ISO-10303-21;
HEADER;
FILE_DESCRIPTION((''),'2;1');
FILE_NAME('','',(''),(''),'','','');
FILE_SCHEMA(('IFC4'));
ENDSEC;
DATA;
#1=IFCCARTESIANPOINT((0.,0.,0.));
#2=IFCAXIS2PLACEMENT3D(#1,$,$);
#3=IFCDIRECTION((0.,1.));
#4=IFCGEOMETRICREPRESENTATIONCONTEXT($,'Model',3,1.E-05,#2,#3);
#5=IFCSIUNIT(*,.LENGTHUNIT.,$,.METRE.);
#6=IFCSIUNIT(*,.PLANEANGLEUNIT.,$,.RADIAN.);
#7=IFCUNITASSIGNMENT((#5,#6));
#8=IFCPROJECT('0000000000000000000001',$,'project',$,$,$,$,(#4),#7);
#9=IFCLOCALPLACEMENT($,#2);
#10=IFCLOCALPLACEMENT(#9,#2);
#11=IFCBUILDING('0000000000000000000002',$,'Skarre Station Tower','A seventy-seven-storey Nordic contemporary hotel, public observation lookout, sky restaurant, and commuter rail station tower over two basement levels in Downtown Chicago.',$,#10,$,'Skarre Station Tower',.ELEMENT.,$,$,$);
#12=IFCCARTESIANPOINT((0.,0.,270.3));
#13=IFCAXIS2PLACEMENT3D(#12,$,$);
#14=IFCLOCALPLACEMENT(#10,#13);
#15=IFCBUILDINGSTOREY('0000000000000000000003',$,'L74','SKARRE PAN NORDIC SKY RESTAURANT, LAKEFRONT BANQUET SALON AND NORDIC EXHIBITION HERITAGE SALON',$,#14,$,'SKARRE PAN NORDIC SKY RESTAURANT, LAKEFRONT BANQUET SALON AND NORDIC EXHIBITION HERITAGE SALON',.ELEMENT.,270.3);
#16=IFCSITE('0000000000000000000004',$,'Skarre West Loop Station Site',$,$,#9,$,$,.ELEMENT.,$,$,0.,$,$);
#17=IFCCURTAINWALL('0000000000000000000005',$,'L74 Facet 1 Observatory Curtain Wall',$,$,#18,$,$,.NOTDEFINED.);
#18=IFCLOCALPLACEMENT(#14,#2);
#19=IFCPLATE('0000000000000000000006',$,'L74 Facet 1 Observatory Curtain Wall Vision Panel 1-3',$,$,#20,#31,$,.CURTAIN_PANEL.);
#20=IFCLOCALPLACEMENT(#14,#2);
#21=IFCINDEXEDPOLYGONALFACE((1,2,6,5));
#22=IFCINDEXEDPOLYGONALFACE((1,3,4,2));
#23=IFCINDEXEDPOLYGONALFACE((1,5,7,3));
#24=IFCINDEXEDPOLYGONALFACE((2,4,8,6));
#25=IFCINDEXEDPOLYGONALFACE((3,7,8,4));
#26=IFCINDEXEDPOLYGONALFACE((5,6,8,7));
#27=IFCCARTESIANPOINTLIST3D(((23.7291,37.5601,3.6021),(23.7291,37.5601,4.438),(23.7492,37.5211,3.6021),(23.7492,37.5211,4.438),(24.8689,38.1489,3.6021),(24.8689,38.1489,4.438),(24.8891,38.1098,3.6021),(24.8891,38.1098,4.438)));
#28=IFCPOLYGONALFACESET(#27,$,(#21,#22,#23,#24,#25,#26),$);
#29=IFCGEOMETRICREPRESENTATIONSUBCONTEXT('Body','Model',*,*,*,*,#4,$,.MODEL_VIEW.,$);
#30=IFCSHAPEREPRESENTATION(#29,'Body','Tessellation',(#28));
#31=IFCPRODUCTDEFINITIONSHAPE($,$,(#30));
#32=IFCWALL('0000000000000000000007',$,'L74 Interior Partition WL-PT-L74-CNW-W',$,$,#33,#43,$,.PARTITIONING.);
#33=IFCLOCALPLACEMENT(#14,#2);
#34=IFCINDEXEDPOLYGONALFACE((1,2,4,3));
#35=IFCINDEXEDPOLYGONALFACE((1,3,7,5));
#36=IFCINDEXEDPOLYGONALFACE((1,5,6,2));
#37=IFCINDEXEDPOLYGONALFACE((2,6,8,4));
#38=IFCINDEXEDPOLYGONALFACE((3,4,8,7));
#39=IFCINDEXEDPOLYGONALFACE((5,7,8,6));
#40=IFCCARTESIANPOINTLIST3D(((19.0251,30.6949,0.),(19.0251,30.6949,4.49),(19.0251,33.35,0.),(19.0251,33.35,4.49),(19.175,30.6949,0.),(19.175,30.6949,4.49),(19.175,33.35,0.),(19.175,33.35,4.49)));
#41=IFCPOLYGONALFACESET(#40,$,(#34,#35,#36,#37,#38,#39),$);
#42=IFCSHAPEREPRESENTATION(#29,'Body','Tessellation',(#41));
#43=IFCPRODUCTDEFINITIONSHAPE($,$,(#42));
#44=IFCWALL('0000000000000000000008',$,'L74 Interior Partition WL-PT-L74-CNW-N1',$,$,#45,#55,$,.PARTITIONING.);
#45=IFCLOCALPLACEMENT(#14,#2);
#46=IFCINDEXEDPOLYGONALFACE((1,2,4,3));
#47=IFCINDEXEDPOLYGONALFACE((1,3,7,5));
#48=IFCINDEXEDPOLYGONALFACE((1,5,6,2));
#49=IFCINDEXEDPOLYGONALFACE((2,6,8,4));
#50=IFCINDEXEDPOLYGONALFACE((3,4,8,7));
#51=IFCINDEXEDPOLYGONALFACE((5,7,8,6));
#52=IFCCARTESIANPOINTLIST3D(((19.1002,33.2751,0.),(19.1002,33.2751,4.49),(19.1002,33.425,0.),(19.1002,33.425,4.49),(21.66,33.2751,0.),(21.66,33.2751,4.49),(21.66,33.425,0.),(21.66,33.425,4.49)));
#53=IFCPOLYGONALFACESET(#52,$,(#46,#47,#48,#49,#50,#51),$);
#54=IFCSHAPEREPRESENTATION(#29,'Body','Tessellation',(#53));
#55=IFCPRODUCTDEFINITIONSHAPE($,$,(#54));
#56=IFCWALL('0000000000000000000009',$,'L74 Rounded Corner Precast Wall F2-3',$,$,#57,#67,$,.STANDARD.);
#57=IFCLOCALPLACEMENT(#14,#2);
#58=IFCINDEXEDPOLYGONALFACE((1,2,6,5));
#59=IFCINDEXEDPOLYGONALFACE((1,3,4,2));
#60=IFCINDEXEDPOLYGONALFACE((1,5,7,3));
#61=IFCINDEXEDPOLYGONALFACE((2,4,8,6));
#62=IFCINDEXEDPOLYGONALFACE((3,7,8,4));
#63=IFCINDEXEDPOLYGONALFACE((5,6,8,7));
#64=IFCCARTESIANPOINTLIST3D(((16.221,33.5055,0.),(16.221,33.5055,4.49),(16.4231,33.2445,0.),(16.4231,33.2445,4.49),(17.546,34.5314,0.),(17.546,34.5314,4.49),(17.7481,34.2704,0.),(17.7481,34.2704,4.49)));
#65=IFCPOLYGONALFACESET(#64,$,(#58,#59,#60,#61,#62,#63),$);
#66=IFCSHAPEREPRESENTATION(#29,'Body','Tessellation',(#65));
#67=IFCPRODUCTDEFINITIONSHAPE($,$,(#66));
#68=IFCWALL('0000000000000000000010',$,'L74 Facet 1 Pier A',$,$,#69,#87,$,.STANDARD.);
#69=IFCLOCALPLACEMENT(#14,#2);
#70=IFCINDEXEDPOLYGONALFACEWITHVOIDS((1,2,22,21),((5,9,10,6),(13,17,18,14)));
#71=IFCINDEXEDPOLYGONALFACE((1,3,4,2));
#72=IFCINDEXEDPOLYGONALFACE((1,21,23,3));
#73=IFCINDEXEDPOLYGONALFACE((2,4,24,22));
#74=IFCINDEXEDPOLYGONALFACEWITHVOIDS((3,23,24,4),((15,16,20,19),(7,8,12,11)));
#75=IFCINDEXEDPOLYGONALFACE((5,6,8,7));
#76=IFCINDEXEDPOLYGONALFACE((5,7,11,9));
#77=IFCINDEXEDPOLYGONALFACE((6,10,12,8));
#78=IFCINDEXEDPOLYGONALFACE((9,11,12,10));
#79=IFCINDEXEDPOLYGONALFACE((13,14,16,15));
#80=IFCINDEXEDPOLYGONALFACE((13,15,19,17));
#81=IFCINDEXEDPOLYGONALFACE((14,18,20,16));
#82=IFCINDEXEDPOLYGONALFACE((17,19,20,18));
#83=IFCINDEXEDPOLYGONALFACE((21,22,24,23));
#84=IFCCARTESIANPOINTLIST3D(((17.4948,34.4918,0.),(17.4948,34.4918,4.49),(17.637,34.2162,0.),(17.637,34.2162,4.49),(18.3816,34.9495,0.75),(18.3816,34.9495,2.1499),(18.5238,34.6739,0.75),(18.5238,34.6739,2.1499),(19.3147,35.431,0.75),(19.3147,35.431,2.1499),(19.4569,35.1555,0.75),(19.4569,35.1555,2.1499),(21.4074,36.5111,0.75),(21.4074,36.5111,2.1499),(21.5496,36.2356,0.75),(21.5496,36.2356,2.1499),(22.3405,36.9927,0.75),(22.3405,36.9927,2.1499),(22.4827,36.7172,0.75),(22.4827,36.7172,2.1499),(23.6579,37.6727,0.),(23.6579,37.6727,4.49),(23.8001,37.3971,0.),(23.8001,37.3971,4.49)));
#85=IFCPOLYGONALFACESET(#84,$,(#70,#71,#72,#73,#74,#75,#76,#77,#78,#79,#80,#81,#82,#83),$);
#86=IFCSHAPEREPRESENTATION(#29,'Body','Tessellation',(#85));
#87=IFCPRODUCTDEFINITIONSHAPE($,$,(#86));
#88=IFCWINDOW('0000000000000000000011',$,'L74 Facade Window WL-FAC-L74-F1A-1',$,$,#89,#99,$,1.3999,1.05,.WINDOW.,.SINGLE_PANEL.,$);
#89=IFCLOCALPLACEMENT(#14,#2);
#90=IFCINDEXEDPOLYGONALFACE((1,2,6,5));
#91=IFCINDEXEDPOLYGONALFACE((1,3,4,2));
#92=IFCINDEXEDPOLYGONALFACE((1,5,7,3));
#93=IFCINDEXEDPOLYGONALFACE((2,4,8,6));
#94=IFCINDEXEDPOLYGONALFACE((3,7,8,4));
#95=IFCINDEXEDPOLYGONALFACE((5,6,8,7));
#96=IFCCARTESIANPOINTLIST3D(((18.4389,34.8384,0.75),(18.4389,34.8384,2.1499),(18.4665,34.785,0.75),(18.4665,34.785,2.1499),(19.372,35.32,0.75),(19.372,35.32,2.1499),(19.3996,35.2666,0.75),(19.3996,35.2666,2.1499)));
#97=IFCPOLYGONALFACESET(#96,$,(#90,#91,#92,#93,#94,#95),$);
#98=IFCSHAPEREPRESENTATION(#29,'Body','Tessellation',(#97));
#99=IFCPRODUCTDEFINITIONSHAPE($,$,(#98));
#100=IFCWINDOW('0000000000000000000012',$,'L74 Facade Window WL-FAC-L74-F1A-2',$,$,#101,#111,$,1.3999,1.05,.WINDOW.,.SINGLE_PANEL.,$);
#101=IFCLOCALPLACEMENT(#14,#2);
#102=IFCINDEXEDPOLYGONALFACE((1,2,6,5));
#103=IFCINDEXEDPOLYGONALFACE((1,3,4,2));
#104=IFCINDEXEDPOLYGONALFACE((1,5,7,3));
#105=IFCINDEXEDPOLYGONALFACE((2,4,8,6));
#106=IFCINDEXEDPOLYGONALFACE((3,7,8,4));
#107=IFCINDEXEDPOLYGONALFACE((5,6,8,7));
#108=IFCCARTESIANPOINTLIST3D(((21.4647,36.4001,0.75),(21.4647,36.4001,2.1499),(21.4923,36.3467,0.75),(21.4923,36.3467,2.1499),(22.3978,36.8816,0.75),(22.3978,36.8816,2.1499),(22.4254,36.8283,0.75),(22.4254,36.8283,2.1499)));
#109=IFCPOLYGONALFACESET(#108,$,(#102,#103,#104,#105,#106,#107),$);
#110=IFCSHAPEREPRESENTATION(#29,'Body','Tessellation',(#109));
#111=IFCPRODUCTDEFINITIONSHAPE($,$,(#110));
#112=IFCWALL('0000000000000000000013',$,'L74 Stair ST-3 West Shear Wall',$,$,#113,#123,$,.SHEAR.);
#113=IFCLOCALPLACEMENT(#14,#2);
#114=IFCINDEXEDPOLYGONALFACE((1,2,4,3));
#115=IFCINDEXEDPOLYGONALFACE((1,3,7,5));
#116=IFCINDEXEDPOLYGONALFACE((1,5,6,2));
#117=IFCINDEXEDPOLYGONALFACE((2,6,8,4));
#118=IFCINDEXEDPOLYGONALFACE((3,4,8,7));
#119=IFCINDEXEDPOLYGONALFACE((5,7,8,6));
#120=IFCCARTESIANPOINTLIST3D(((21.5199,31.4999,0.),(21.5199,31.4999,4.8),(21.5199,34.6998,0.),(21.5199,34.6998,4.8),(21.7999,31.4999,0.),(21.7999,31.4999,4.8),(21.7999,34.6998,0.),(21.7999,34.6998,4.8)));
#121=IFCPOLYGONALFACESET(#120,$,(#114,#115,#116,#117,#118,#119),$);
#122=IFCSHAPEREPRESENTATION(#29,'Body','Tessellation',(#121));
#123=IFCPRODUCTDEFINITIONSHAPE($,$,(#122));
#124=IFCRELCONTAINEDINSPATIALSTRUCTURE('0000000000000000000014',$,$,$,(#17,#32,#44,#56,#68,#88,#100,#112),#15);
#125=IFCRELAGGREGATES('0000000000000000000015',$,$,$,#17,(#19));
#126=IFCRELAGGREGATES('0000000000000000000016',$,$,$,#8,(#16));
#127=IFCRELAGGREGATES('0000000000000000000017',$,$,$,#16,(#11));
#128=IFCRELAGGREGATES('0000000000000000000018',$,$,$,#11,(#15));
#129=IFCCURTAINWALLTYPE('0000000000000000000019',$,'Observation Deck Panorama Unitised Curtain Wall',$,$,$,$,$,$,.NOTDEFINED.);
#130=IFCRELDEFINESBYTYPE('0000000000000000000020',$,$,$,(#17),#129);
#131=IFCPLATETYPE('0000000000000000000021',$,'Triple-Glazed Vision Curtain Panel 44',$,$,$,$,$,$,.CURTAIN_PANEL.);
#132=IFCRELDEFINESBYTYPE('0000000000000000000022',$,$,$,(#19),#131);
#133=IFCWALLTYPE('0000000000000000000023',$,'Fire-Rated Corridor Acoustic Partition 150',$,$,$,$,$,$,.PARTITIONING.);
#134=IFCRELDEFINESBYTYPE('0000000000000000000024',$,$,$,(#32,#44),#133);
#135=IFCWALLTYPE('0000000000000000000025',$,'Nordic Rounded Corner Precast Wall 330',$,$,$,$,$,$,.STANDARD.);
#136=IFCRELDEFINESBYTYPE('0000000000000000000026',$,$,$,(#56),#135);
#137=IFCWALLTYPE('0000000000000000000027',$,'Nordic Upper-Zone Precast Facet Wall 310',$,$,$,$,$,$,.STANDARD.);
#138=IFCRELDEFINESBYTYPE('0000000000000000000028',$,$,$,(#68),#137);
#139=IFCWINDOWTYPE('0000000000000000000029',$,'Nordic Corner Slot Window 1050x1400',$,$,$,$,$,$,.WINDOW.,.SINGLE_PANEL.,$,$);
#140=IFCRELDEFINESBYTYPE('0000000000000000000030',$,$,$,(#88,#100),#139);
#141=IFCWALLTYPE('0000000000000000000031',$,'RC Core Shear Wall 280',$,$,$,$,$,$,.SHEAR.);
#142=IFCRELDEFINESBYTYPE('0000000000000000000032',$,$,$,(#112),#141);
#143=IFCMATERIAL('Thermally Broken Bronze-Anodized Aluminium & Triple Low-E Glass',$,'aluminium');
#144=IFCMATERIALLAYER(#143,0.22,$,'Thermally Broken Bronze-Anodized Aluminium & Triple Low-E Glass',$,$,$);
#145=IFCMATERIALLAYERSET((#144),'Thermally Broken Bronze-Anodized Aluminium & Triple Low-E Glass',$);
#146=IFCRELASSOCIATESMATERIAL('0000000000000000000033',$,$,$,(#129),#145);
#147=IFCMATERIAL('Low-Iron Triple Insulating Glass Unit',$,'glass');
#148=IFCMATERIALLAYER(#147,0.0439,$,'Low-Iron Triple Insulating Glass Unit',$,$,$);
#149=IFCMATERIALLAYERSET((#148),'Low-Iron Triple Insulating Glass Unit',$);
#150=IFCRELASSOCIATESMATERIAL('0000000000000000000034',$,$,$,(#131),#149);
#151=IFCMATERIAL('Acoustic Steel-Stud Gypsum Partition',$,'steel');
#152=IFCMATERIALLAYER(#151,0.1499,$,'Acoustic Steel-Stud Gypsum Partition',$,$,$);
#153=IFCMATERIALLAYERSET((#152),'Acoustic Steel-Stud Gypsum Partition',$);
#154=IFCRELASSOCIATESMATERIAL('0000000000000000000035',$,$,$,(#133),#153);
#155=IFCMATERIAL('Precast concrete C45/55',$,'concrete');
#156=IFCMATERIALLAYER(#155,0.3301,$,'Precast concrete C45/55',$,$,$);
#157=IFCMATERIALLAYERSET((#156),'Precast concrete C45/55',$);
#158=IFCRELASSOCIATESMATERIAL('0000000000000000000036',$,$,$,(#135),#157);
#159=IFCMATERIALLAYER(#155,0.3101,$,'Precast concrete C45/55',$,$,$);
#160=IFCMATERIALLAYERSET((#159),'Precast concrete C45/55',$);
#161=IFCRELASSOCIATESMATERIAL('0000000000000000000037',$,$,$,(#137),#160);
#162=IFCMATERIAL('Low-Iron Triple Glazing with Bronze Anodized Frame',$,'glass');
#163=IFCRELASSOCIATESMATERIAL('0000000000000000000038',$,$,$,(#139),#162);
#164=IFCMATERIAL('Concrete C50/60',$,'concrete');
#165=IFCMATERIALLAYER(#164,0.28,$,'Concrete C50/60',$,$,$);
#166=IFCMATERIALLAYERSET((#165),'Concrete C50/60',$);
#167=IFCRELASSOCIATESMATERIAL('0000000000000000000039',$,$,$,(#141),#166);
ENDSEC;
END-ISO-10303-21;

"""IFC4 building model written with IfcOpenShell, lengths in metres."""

from ifc_helpers import new_model, si_unit, direction, frame, frame_2d, origin, origin_2d, place, context, subcontext, project, spatial, rectangle, extrude, material, layer, layer_set, type_object, element, fill, aggregate, save


model = new_model("IFC4")

# Units and contexts
model_context = context("Model", 3, precision=1e-05, world=origin(), true_north=direction((0.0, 1.0)))
body_context = subcontext(model_context, "Body", "Model", "MODEL_VIEW")
ifc_project = project(units=[si_unit("LENGTHUNIT", "METRE"), si_unit("PLANEANGLEUNIT", "RADIAN")], contexts=[model_context])

# Site, building, storey
site_placement = place(None, origin())
site = spatial("IfcSite", under=ifc_project, at=site_placement, Name="Skarre West Loop Station Site", CompositionType="ELEMENT", RefElevation=0.0)
building_placement = place(site_placement, origin())
building = spatial("IfcBuilding", under=site, at=building_placement, Name="Skarre Station Tower", Description="A seventy-seven-storey Nordic contemporary hotel, public observation lookout, sky restaurant, and commuter rail station tower over two basement levels in Downtown Chicago.", LongName="Skarre Station Tower", CompositionType="ELEMENT")
storey_placement = place(building_placement, frame((0.0, 0.0, 270.3)))
storey = spatial("IfcBuildingStorey", under=building, at=storey_placement, Name="L74", Description="SKARRE PAN NORDIC SKY RESTAURANT, LAKEFRONT BANQUET SALON AND NORDIC EXHIBITION HERITAGE SALON", LongName="SKARRE PAN NORDIC SKY RESTAURANT, LAKEFRONT BANQUET SALON AND NORDIC EXHIBITION HERITAGE SALON", CompositionType="ELEMENT", Elevation=270.3)

# Shared definitions
ifc_material_1 = material(Name="Concrete C50/60", Category="concrete")

# Curtain wall
ifc_material_2 = material(Name="Thermally Broken Bronze-Anodized Aluminium & Triple Low-E Glass", Category="aluminium")
ifc_layer_1 = layer(ifc_material_2, 0.22, Name="Thermally Broken Bronze-Anodized Aluminium & Triple Low-E Glass")
ifc_layer_set_1 = layer_set([ifc_layer_1], Name="Thermally Broken Bronze-Anodized Aluminium & Triple Low-E Glass")
curtain_wall_type = type_object("IfcCurtainWallType", Name="Observation Deck Panorama Unitised Curtain Wall", PredefinedType="NOTDEFINED", material=ifc_layer_set_1)
curtain_wall_placement = place(storey_placement, origin())
curtain_wall = element("IfcCurtainWall", 1, at=curtain_wall_placement, inside=storey, type_object=curtain_wall_type, Name="L74 Facet 1 Observatory Curtain Wall", PredefinedType="NOTDEFINED")

# Plate
ifc_material_3 = material(Name="Low-Iron Triple Insulating Glass Unit", Category="glass")
ifc_layer_2 = layer(ifc_material_3, 0.0439, Name="Low-Iron Triple Insulating Glass Unit")
ifc_layer_set_2 = layer_set([ifc_layer_2], Name="Low-Iron Triple Insulating Glass Unit")
plate_type_1 = type_object("IfcPlateType", Name="Triple-Glazed Vision Curtain Panel 44", PredefinedType="CURTAIN_PANEL", material=ifc_layer_set_2)
plate_1_placement = place(storey_placement, frame((24.3091, 37.835, 3.6021), z_axis=(0.0, 0.0, 1.0), x_axis=(0.888481, 0.458913, 0.0)))
plate_1 = element("IfcPlate", 2, at=plate_1_placement, type_object=plate_type_1, Name="L74 Facet 1 Observatory Curtain Wall Vision Panel 1-3", PredefinedType="CURTAIN_PANEL", context=body_context, shape_type="SweptSolid", body=[
    extrude(rectangle(XDim=1.283, YDim=0.0439, at=origin_2d()), origin(), (0.0, 0.0, 1.0), 0.8359),
])
aggregate(curtain_wall, [plate_1])

# Walls
ifc_material_4 = material(Name="Acoustic Steel-Stud Gypsum Partition", Category="steel")
ifc_layer_3 = layer(ifc_material_4, 0.1499, Name="Acoustic Steel-Stud Gypsum Partition")
ifc_layer_set_3 = layer_set([ifc_layer_3], Name="Acoustic Steel-Stud Gypsum Partition")
wall_type_1 = type_object("IfcWallType", Name="Fire-Rated Corridor Acoustic Partition 150", PredefinedType="PARTITIONING", material=ifc_layer_set_3)
wall_1_placement = place(storey_placement, frame((19.1001, 33.3501, 0.0), z_axis=(0.0, 0.0, 1.0), x_axis=(0.0, -1.0, 0.0)))
element("IfcWall", 3, at=wall_1_placement, inside=storey, type_object=wall_type_1, Name="L74 Interior Partition WL-PT-L74-CNW-W", PredefinedType="PARTITIONING", context=body_context, shape_type="SweptSolid", body=[
    extrude(rectangle(XDim=2.655, YDim=0.1499, at=frame_2d((1.3276, 0.0))), origin(), (0.0, 0.0, 1.0), 4.49),
])
wall_2_placement = place(storey_placement, frame((21.6599, 33.3501, 0.0), z_axis=(0.0, 0.0, 1.0), x_axis=(-1.0, 0.0, 0.0)))
element("IfcWall", 4, at=wall_2_placement, inside=storey, type_object=wall_type_1, Name="L74 Interior Partition WL-PT-L74-CNW-N1", PredefinedType="PARTITIONING", context=body_context, shape_type="SweptSolid", body=[
    extrude(rectangle(XDim=2.5598, YDim=0.1499, at=frame_2d((1.2798, 0.0))), origin(), (0.0, 0.0, 1.0), 4.49),
])
ifc_material_5 = material(Name="Precast concrete C45/55", Category="concrete")
ifc_layer_4 = layer(ifc_material_5, 0.3301, Name="Precast concrete C45/55")
ifc_layer_set_4 = layer_set([ifc_layer_4], Name="Precast concrete C45/55")
wall_type_2 = type_object("IfcWallType", Name="Nordic Rounded Corner Precast Wall 330", PredefinedType="STANDARD", material=ifc_layer_set_4)
wall_3_placement = place(storey_placement, frame((16.322, 33.375, 0.0), z_axis=(0.0, 0.0, 1.0), x_axis=(0.790692, 0.612214, 0.0)))
element("IfcWall", 5, at=wall_3_placement, inside=storey, type_object=wall_type_2, Name="L74 Rounded Corner Precast Wall F2-3", PredefinedType="STANDARD", context=body_context, shape_type="SweptSolid", body=[
    extrude(rectangle(XDim=1.6758, YDim=0.3301, at=frame_2d((0.8379, 0.0))), origin(), (0.0, 0.0, 1.0), 4.49),
])

# Wall, openings, windows
ifc_layer_5 = layer(ifc_material_5, 0.3101, Name="Precast concrete C45/55")
ifc_layer_set_5 = layer_set([ifc_layer_5], Name="Precast concrete C45/55")
wall_type_3 = type_object("IfcWallType", Name="Nordic Upper-Zone Precast Facet Wall 310", PredefinedType="STANDARD", material=ifc_layer_set_5)
wall_4_placement = place(storey_placement, frame((17.5659, 34.354, 0.0), z_axis=(0.0, 0.0, 1.0), x_axis=(0.888623, 0.458638, 0.0)))
wall_4 = element("IfcWall", 6, at=wall_4_placement, inside=storey, type_object=wall_type_3, Name="L74 Facet 1 Pier A", PredefinedType="STANDARD", context=body_context, shape_type="SweptSolid", body=[
    extrude(rectangle(XDim=6.9355, YDim=0.3101, at=frame_2d((3.4678, 0.0))), origin(), (0.0, 0.0, 1.0), 4.49),
])
opening_1_placement = place(wall_4_placement, frame((0.998, 0.0, 0.75)))
opening_1 = element("IfcOpeningElement", 7, at=opening_1_placement, cuts=wall_4, PredefinedType="OPENING", context=body_context, shape_type="SweptSolid", body=[
    extrude(rectangle(XDim=1.05, YDim=1.3999, at=frame_2d((0.5249, 0.7))), frame((0.0, 0.165, 0.0), z_axis=(0.0, -1.0, 0.0), x_axis=(1.0, 0.0, 0.0)), (0.0, 0.0, 1.0), 0.3301),
])
opening_2_placement = place(wall_4_placement, frame((4.4031, 0.0, 0.75)))
opening_2 = element("IfcOpeningElement", 8, at=opening_2_placement, cuts=wall_4, PredefinedType="OPENING", context=body_context, shape_type="SweptSolid", body=[
    extrude(rectangle(XDim=1.05, YDim=1.3999, at=frame_2d((0.5249, 0.7))), frame((0.0, 0.165, 0.0), z_axis=(0.0, -1.0, 0.0), x_axis=(1.0, 0.0, 0.0)), (0.0, 0.0, 1.0), 0.3301),
])
ifc_material_6 = material(Name="Low-Iron Triple Glazing with Bronze Anodized Frame", Category="glass")
window_type = type_object("IfcWindowType", Name="Nordic Corner Slot Window 1050x1400", PartitioningType="SINGLE_PANEL", PredefinedType="WINDOW", material=ifc_material_6)
window_1_placement = place(opening_1_placement, origin())
window_1 = element("IfcWindow", 9, at=window_1_placement, inside=storey, type_object=window_type, Name="L74 Facade Window WL-FAC-L74-F1A-1", OverallHeight=1.3999, OverallWidth=1.05, PartitioningType="SINGLE_PANEL", PredefinedType="WINDOW", context=body_context, shape_type="SweptSolid", body=[
    extrude(rectangle(XDim=1.05, YDim=1.3999, at=frame_2d((0.5249, 0.7))), frame((0.0, 0.03, 0.0), z_axis=(0.0, -1.0, 0.0), x_axis=(1.0, 0.0, 0.0)), (0.0, 0.0, 1.0), 0.0601),
])
fill(opening_1, window_1)
window_2_placement = place(opening_2_placement, origin())
window_2 = element("IfcWindow", 10, at=window_2_placement, inside=storey, type_object=window_type, Name="L74 Facade Window WL-FAC-L74-F1A-2", OverallHeight=1.3999, OverallWidth=1.05, PartitioningType="SINGLE_PANEL", PredefinedType="WINDOW", context=body_context, shape_type="SweptSolid", body=[
    extrude(rectangle(XDim=1.05, YDim=1.3999, at=frame_2d((0.5249, 0.7))), frame((0.0, 0.03, 0.0), z_axis=(0.0, -1.0, 0.0), x_axis=(1.0, 0.0, 0.0)), (0.0, 0.0, 1.0), 0.0601),
])
fill(opening_2, window_2)

# Wall
ifc_layer_6 = layer(ifc_material_1, 0.28, Name="Concrete C50/60")
ifc_layer_set_6 = layer_set([ifc_layer_6], Name="Concrete C50/60")
wall_type_4 = type_object("IfcWallType", Name="RC Core Shear Wall 280", PredefinedType="SHEAR", material=ifc_layer_set_6)
wall_5_placement = place(storey_placement, frame((21.6599, 34.7, 0.0), z_axis=(0.0, 0.0, 1.0), x_axis=(0.0, -1.0, 0.0)))
element("IfcWall", 11, at=wall_5_placement, inside=storey, type_object=wall_type_4, Name="L74 Stair ST-3 West Shear Wall", PredefinedType="SHEAR", context=body_context, shape_type="SweptSolid", body=[
    extrude(rectangle(XDim=3.2, YDim=0.28, at=frame_2d((1.6001, 0.0))), origin(), (0.0, 0.0, 1.0), 4.8),
])

save(model, "model.ifc")
